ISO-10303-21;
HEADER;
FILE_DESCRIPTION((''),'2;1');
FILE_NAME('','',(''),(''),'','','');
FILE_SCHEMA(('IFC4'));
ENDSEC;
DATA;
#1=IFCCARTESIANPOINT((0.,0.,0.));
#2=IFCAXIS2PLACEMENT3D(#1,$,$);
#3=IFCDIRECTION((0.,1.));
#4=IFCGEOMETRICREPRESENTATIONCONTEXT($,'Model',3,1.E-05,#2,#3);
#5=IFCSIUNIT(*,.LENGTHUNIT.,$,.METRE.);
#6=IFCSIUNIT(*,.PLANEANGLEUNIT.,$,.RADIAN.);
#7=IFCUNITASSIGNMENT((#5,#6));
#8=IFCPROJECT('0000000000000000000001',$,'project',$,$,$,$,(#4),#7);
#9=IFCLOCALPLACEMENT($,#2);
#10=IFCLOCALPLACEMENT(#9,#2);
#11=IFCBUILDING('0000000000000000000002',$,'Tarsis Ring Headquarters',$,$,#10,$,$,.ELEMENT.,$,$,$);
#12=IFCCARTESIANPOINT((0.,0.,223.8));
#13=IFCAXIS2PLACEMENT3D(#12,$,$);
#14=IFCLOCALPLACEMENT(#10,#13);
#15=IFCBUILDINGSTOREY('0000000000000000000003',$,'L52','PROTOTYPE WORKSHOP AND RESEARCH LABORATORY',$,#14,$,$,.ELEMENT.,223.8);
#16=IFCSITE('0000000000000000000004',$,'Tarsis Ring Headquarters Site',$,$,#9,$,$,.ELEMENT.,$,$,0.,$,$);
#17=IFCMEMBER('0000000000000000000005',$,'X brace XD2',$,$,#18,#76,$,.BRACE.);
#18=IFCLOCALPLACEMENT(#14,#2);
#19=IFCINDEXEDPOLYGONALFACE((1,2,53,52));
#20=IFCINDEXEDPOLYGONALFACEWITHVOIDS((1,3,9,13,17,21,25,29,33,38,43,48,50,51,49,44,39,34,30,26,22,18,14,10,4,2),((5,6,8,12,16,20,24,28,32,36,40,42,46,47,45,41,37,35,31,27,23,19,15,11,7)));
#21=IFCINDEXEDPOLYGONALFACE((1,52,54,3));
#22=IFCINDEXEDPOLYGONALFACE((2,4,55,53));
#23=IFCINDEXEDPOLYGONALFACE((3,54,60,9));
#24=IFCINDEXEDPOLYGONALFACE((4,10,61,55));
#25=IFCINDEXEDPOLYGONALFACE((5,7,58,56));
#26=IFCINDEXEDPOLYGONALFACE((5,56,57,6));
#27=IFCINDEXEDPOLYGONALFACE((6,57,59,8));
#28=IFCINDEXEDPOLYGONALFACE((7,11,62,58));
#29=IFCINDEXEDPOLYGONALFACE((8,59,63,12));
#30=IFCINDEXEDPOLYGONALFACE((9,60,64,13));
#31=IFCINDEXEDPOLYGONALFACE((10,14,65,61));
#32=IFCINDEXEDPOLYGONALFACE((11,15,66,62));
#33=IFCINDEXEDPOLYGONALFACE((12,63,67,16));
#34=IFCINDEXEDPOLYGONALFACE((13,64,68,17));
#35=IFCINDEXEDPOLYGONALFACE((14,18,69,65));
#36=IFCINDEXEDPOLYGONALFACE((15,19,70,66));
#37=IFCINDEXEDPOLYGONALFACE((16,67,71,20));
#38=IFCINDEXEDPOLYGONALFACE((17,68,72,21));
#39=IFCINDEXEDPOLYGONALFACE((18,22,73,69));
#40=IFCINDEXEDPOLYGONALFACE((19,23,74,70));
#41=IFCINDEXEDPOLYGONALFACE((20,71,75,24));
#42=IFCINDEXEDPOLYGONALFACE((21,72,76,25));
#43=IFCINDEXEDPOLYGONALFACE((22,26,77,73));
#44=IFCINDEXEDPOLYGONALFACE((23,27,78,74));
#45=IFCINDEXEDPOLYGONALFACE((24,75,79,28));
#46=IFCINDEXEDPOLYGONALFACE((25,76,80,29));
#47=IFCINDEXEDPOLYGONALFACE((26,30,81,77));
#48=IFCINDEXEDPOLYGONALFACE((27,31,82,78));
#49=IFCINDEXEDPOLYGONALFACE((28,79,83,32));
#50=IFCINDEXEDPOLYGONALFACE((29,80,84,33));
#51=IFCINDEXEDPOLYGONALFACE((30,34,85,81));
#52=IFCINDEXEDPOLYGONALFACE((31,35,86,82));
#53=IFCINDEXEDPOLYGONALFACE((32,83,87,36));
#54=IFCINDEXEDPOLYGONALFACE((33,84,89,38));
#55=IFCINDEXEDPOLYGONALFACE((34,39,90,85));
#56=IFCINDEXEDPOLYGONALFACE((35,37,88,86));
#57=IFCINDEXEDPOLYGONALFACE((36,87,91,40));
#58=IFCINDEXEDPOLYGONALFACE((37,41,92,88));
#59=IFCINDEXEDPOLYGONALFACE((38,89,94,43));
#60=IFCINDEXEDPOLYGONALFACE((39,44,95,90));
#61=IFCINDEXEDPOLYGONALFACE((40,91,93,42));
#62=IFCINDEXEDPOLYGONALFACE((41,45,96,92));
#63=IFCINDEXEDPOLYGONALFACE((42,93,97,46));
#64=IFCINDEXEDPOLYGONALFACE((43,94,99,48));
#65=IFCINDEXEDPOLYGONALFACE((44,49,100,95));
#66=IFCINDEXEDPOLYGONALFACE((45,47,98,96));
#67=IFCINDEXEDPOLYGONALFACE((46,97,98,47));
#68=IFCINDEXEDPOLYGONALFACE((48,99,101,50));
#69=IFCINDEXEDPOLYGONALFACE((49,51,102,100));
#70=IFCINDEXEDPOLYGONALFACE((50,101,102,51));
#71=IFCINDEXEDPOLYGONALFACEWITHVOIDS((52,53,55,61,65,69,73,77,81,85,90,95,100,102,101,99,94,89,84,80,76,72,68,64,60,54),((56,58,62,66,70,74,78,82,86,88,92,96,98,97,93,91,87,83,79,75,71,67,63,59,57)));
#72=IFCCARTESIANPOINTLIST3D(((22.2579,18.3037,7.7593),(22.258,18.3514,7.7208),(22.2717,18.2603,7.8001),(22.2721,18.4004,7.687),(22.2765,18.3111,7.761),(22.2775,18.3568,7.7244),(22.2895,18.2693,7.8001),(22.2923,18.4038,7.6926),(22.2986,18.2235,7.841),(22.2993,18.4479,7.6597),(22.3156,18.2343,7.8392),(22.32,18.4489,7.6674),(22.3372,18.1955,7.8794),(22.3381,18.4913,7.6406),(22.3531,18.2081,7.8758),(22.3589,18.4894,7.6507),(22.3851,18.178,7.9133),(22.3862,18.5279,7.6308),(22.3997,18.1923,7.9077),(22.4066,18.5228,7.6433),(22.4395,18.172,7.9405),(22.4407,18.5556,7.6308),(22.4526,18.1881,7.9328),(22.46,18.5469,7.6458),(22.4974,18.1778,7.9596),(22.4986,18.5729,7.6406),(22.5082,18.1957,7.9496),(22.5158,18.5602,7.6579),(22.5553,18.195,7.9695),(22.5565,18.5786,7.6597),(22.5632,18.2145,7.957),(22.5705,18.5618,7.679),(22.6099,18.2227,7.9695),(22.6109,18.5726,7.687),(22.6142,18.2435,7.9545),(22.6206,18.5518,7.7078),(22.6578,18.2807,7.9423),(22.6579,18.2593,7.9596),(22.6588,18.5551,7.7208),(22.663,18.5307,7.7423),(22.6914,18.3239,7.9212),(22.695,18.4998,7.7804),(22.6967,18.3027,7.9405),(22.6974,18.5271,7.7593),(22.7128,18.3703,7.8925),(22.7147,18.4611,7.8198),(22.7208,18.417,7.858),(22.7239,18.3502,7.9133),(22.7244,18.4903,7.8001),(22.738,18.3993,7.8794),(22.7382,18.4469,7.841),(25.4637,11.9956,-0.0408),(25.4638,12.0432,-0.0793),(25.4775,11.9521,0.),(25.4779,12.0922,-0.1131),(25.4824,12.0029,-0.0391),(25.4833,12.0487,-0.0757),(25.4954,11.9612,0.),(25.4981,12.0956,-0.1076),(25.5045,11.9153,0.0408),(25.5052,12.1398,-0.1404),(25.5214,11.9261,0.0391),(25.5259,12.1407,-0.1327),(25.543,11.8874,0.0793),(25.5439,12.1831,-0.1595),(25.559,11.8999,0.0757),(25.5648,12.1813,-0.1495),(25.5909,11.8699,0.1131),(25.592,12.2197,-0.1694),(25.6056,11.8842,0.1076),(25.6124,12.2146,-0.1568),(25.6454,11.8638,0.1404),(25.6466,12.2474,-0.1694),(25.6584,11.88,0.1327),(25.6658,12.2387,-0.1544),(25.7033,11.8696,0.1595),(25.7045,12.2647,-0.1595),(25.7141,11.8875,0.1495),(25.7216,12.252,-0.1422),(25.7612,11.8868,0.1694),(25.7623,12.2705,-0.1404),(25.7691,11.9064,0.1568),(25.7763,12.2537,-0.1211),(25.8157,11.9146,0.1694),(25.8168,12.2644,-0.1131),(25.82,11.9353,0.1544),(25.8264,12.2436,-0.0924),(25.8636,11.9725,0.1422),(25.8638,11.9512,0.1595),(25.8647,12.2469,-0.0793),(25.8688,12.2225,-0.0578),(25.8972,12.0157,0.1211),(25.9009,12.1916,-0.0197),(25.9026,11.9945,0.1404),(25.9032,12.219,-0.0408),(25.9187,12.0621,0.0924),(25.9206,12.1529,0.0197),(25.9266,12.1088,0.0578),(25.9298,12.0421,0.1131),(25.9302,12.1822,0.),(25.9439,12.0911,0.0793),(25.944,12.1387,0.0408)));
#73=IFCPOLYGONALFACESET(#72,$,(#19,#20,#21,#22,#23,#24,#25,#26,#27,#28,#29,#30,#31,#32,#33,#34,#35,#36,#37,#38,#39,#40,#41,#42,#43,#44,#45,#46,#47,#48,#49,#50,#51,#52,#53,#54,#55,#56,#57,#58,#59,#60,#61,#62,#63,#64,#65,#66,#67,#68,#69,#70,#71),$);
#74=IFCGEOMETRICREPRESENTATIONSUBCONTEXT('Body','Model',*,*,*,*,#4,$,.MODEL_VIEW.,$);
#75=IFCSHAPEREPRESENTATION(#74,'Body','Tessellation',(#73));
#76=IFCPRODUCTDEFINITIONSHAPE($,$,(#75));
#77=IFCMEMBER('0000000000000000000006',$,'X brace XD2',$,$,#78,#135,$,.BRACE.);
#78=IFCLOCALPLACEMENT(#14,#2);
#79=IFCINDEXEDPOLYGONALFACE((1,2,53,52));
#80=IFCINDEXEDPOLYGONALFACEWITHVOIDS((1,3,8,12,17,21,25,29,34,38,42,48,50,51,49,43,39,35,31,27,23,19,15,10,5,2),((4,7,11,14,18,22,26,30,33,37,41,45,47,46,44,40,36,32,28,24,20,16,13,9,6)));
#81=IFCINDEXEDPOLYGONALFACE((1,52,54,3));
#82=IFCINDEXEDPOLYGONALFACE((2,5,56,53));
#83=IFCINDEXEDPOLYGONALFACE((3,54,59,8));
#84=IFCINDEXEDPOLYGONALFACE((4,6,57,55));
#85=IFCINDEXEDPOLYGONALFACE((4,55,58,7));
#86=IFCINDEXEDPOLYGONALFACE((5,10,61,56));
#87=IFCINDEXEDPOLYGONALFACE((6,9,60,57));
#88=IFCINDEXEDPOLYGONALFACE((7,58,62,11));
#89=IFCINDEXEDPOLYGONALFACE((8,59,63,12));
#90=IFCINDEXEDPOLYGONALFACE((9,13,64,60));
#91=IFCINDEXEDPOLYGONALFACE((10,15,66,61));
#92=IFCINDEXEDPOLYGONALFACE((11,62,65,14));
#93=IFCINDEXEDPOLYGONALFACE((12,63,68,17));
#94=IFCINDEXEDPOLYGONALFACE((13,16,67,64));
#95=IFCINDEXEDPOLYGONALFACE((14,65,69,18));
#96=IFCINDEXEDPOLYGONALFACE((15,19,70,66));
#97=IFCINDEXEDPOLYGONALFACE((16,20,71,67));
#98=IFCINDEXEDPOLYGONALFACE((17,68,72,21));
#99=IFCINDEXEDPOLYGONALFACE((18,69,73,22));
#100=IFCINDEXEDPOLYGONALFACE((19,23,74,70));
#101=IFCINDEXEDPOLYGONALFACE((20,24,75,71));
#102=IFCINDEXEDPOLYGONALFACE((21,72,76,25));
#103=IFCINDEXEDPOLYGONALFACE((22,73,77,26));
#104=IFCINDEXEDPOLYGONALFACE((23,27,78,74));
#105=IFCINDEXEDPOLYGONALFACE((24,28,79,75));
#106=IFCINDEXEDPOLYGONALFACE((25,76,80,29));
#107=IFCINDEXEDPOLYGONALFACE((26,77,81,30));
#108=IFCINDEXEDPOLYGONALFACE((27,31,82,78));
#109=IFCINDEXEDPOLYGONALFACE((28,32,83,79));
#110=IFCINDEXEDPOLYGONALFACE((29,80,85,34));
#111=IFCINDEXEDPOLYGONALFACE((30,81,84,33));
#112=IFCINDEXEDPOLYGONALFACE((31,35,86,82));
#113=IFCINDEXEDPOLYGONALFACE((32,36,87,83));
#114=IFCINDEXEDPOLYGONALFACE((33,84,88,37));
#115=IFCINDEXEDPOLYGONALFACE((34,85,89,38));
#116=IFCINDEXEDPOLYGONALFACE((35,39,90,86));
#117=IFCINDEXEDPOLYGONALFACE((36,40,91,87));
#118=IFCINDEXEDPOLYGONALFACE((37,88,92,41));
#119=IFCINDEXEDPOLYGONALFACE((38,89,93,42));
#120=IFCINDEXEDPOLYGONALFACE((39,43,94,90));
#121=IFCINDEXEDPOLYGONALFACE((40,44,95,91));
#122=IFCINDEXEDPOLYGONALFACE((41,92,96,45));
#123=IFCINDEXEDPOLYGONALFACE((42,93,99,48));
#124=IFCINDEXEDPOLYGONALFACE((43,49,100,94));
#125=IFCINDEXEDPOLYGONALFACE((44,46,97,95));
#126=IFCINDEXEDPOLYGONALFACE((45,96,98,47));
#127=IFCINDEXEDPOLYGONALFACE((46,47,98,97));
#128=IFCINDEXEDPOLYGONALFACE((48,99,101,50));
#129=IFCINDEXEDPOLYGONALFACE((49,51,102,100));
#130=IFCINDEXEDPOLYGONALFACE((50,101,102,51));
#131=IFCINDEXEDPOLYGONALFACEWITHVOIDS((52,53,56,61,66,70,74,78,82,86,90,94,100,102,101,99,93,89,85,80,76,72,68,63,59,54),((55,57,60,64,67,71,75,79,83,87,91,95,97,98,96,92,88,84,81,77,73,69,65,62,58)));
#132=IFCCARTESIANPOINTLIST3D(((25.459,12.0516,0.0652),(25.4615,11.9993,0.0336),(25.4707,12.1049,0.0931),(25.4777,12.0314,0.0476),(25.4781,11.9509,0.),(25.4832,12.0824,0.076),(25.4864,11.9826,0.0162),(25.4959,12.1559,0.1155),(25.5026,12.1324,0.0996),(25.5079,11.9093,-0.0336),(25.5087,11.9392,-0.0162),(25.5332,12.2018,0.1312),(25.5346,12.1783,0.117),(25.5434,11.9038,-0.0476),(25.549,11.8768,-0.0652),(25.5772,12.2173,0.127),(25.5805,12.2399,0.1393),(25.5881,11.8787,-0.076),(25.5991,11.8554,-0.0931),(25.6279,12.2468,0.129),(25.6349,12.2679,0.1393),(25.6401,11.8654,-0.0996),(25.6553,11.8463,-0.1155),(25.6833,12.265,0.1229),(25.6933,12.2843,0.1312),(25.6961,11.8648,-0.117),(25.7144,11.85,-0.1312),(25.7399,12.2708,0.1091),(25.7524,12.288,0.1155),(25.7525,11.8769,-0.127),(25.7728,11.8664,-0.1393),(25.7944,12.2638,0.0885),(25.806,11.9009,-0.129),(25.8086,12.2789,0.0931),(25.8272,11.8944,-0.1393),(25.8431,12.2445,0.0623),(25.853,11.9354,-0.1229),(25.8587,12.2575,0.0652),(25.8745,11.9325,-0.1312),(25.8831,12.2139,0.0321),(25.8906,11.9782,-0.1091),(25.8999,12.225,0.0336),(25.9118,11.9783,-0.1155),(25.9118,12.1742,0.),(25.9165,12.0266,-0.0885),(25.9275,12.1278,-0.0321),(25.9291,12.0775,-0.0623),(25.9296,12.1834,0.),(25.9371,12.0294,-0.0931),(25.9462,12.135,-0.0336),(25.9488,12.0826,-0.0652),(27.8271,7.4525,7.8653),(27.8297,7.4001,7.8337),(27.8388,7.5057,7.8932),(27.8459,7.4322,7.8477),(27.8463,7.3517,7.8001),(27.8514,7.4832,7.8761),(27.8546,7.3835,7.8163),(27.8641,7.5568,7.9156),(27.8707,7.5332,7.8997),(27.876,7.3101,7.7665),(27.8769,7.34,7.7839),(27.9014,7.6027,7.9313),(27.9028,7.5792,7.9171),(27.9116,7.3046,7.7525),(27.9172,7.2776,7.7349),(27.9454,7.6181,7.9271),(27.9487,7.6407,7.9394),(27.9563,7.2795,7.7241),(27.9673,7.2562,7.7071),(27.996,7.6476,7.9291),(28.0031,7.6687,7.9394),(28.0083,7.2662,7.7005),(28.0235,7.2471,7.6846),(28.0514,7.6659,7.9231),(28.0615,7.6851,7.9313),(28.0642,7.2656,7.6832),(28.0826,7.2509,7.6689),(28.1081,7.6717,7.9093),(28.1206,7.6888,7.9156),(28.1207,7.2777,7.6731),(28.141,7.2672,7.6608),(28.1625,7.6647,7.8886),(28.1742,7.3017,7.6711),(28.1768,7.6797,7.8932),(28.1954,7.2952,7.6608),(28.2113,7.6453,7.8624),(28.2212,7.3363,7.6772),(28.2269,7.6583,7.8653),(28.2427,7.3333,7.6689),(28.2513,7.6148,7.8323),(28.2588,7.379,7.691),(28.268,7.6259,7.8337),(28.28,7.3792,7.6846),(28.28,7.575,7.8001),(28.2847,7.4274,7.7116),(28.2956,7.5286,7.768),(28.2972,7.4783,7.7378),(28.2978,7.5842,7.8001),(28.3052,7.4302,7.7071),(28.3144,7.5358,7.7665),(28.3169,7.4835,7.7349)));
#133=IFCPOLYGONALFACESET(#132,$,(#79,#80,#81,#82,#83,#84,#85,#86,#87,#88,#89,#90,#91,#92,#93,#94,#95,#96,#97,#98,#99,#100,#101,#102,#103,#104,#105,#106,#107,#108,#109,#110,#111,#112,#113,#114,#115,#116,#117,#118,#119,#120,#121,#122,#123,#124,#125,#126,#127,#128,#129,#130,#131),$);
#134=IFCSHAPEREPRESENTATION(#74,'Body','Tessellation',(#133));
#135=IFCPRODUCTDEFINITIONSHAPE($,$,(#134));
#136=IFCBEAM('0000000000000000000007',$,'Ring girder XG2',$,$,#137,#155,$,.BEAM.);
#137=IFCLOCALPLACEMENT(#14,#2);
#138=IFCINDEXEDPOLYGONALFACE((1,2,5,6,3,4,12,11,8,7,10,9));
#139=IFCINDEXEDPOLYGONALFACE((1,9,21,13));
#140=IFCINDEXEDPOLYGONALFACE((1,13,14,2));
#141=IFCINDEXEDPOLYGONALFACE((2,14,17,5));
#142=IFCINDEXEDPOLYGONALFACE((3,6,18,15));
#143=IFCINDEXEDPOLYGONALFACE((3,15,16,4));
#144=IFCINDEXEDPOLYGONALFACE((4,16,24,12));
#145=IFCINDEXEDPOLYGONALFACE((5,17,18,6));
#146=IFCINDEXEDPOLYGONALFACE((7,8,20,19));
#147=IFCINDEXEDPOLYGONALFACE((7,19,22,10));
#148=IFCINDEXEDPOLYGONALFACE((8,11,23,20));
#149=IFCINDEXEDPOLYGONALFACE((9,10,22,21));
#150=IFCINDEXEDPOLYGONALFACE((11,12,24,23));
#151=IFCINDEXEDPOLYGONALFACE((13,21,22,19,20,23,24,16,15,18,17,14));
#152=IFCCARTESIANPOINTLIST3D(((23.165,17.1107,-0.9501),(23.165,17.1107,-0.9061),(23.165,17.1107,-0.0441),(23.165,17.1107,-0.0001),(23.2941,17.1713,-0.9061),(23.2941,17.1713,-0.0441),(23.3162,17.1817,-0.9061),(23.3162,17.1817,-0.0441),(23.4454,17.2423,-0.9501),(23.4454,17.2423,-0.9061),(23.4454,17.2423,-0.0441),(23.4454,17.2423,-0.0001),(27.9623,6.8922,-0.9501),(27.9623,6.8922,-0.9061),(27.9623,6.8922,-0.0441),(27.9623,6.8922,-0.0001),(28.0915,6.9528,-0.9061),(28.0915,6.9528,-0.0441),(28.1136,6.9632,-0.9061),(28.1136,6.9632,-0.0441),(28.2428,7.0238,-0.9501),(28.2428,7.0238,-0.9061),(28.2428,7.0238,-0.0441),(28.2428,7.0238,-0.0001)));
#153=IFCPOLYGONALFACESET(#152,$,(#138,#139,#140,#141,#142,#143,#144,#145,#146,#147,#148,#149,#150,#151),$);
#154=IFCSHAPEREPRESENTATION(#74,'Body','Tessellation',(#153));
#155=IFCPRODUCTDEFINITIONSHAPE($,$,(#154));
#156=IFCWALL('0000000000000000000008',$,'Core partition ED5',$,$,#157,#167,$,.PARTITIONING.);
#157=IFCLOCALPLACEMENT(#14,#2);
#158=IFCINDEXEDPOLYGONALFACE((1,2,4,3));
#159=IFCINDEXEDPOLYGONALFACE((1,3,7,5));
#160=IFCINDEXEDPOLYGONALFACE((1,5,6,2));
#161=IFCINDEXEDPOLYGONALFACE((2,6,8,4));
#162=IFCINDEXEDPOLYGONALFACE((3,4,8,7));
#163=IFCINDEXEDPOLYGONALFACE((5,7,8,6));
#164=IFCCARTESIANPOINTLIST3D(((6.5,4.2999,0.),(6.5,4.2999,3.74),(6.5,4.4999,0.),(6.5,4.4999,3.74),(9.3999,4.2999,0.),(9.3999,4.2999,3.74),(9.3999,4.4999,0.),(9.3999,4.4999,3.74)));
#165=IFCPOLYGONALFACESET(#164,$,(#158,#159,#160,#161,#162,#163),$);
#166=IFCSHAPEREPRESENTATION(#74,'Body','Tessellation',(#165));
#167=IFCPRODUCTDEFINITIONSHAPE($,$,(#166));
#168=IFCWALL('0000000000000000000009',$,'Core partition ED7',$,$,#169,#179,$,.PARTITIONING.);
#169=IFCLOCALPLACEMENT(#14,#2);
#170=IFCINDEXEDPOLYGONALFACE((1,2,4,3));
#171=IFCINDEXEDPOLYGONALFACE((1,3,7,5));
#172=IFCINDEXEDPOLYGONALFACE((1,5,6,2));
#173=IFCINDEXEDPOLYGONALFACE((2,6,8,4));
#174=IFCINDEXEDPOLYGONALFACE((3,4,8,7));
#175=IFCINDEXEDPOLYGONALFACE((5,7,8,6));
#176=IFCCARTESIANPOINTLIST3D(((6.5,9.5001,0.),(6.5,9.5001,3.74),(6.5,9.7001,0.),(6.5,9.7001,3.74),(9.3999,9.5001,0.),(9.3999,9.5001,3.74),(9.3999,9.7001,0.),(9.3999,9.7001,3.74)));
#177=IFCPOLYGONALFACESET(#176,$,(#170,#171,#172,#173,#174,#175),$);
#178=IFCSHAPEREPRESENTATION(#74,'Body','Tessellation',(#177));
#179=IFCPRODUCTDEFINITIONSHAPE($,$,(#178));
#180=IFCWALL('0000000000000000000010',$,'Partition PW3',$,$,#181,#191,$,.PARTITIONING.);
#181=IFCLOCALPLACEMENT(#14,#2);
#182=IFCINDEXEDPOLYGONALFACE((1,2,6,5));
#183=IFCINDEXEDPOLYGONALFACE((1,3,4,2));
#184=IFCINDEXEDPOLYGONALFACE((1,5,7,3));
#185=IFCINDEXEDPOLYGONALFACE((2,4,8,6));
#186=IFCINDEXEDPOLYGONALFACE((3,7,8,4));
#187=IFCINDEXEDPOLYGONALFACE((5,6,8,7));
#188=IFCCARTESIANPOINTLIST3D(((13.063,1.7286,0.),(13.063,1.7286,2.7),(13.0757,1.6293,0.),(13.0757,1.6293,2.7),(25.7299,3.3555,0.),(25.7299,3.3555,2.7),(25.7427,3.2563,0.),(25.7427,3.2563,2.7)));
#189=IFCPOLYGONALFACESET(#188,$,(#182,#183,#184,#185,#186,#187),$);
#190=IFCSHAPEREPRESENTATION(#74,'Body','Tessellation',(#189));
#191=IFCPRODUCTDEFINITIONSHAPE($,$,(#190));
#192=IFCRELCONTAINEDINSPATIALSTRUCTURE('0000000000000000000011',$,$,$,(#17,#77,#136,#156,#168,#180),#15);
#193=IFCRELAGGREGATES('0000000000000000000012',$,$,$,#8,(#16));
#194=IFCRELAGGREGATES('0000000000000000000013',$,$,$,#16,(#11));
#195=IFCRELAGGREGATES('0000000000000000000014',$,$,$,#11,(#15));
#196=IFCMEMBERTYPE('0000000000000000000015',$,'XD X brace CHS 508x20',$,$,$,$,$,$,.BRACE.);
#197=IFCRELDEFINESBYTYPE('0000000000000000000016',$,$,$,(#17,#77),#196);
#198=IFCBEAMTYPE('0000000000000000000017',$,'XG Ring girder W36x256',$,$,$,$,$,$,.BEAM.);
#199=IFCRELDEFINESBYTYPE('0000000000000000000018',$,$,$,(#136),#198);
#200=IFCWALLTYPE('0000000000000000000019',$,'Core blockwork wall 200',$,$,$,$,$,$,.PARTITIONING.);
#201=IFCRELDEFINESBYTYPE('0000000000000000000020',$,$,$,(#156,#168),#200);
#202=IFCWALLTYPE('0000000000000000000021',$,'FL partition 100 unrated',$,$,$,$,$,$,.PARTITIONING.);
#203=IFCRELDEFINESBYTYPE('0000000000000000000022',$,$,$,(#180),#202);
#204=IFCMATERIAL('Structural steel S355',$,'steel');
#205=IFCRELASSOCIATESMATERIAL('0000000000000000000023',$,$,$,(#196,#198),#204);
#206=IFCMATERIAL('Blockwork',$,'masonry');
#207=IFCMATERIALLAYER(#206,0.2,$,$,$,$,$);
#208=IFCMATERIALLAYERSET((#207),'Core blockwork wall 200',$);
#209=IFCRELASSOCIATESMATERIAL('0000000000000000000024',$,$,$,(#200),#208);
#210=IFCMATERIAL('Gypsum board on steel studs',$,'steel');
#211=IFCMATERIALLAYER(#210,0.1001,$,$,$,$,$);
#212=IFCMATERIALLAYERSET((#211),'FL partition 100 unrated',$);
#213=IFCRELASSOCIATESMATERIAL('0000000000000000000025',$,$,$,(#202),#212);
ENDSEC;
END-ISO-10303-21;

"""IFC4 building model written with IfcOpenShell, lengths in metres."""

from ifc_helpers import new_model, si_unit, direction, frame, frame_2d, origin, origin_2d, place, context, subcontext, project, spatial, rectangle, hollow_circle, i_section, extrude, material, layer, layer_set, material_profile, profile_set, type_object, element, save


model = new_model("IFC4")

# Units and contexts
model_context = context("Model", 3, precision=1e-05, world=origin(), true_north=direction((0.0, 1.0)))
body_context = subcontext(model_context, "Body", "Model", "MODEL_VIEW")
ifc_project = project(units=[si_unit("LENGTHUNIT", "METRE"), si_unit("PLANEANGLEUNIT", "RADIAN")], contexts=[model_context])

# Site, building, storey
site_placement = place(None, origin())
site = spatial("IfcSite", under=ifc_project, at=site_placement, Name="Tarsis Ring Headquarters Site", CompositionType="ELEMENT", RefElevation=0.0)
building_placement = place(site_placement, origin())
building = spatial("IfcBuilding", under=site, at=building_placement, Name="Tarsis Ring Headquarters", CompositionType="ELEMENT")
storey_placement = place(building_placement, frame((0.0, 0.0, 223.8)))
storey = spatial("IfcBuildingStorey", under=building, at=storey_placement, Name="L52", Description="PROTOTYPE WORKSHOP AND RESEARCH LABORATORY", CompositionType="ELEMENT", Elevation=223.8)

# Shared definitions
ifc_material_1 = material(Name="Structural steel S355", Category="steel")

# Members
ifc_material_profile_1 = material_profile(ifc_material_1, hollow_circle(Radius=0.2539, WallThickness=0.02, at=origin_2d()), Name="CHS 508x20")
ifc_profile_set_1 = profile_set([ifc_material_profile_1], Name="Structural steel S355")
member_type = type_object("IfcMemberType", Name="XD X brace CHS 508x20", PredefinedType="BRACE", material=ifc_profile_set_1)
member_1_placement = place(storey_placement, frame((25.7039, 12.0671, 0.0), z_axis=(-0.304405, 0.598981, 0.740648), x_axis=(-0.891482, -0.453056, 0.0)))
element("IfcMember", 1, at=member_1_placement, inside=storey, type_object=member_type, Name="X brace XD2", PredefinedType="BRACE", context=body_context, shape_type="SweptSolid", body=[
    extrude(hollow_circle(Radius=0.2539, WallThickness=0.02, at=origin_2d()), origin(), (0.0, 0.0, 1.0), 10.5315),
])
member_2_placement = place(storey_placement, frame((25.7039, 12.0671, 0.0), z_axis=(0.253022, -0.491384, 0.83338), x_axis=(0.88906, 0.457792, 0.0)))
element("IfcMember", 2, at=member_2_placement, inside=storey, type_object=member_type, Name="X brace XD2", PredefinedType="BRACE", context=body_context, shape_type="SweptSolid", body=[
    extrude(hollow_circle(Radius=0.2539, WallThickness=0.02, at=origin_2d()), origin(), (0.0, 0.0, 1.0), 9.3596),
])

# Beam
ifc_material_profile_2 = material_profile(ifc_material_1, i_section(OverallWidth=0.3098, OverallDepth=0.95, WebThickness=0.0244, FlangeThickness=0.0439, at=origin_2d()), Name="W36x256")
ifc_profile_set_2 = profile_set([ifc_material_profile_2], Name="Structural steel S355")
beam_type_1 = type_object("IfcBeamType", Name="XG Ring girder W36x256", PredefinedType="BEAM", material=ifc_profile_set_2)
beam_1_placement = place(storey_placement, frame((28.1025, 6.958, -0.4751), z_axis=(-0.424974, 0.905206, 0.0), x_axis=(-0.905206, -0.424974, 0.0)))
element("IfcBeam", 3, at=beam_1_placement, inside=storey, type_object=beam_type_1, Name="Ring girder XG2", PredefinedType="BEAM", context=body_context, shape_type="SweptSolid", body=[
    extrude(i_section(OverallWidth=0.3098, OverallDepth=0.95, WebThickness=0.0244, FlangeThickness=0.0439, at=origin_2d()), origin(), (0.0, 0.0, 1.0), 11.2886),
])

# Walls
ifc_material_2 = material(Name="Blockwork", Category="masonry")
ifc_layer_1 = layer(ifc_material_2, 0.2)
ifc_layer_set_1 = layer_set([ifc_layer_1], Name="Core blockwork wall 200")
wall_type_1 = type_object("IfcWallType", Name="Core blockwork wall 200", PredefinedType="PARTITIONING", material=ifc_layer_set_1)
for number, where, z_axis, x_axis, name in (
    (4, (6.5, 4.3999, 0.0), (0.0, 0.0, 1.0), (1.0, 0.0, 0.0), "Core partition ED5"),
    (5, (6.5, 9.6001, 0.0), (0.0, 0.0, 1.0), (1.0, 0.0, 0.0), "Core partition ED7"),
):
    element("IfcWall", number, at=place(storey_placement, frame(where, z_axis=z_axis, x_axis=x_axis)), inside=storey, type_object=wall_type_1, Name=name, PredefinedType="PARTITIONING", context=body_context, shape_type="SweptSolid", body=[
        extrude(rectangle(XDim=2.8999, YDim=0.2, at=frame_2d((1.45, 0.0))), origin(), (0.0, 0.0, 1.0), 3.74),
    ])
ifc_material_3 = material(Name="Gypsum board on steel studs", Category="steel")
ifc_layer_2 = layer(ifc_material_3, 0.1001)
ifc_layer_set_2 = layer_set([ifc_layer_2], Name="FL partition 100 unrated")
wall_type_2 = type_object("IfcWallType", Name="FL partition 100 unrated", PredefinedType="PARTITIONING", material=ifc_layer_set_2)
wall_1_placement = place(storey_placement, frame((13.0693, 1.679, 0.0), z_axis=(0.0, 0.0, 1.0), x_axis=(0.991852, 0.127394, 0.0)))
element("IfcWall", 6, at=wall_1_placement, inside=storey, type_object=wall_type_2, Name="Partition PW3", PredefinedType="PARTITIONING", context=body_context, shape_type="SweptSolid", body=[
    extrude(rectangle(XDim=12.771, YDim=0.1001, at=frame_2d((6.3855, 0.0))), origin(), (0.0, 0.0, 1.0), 2.7),
])

save(model, "model.ifc")
